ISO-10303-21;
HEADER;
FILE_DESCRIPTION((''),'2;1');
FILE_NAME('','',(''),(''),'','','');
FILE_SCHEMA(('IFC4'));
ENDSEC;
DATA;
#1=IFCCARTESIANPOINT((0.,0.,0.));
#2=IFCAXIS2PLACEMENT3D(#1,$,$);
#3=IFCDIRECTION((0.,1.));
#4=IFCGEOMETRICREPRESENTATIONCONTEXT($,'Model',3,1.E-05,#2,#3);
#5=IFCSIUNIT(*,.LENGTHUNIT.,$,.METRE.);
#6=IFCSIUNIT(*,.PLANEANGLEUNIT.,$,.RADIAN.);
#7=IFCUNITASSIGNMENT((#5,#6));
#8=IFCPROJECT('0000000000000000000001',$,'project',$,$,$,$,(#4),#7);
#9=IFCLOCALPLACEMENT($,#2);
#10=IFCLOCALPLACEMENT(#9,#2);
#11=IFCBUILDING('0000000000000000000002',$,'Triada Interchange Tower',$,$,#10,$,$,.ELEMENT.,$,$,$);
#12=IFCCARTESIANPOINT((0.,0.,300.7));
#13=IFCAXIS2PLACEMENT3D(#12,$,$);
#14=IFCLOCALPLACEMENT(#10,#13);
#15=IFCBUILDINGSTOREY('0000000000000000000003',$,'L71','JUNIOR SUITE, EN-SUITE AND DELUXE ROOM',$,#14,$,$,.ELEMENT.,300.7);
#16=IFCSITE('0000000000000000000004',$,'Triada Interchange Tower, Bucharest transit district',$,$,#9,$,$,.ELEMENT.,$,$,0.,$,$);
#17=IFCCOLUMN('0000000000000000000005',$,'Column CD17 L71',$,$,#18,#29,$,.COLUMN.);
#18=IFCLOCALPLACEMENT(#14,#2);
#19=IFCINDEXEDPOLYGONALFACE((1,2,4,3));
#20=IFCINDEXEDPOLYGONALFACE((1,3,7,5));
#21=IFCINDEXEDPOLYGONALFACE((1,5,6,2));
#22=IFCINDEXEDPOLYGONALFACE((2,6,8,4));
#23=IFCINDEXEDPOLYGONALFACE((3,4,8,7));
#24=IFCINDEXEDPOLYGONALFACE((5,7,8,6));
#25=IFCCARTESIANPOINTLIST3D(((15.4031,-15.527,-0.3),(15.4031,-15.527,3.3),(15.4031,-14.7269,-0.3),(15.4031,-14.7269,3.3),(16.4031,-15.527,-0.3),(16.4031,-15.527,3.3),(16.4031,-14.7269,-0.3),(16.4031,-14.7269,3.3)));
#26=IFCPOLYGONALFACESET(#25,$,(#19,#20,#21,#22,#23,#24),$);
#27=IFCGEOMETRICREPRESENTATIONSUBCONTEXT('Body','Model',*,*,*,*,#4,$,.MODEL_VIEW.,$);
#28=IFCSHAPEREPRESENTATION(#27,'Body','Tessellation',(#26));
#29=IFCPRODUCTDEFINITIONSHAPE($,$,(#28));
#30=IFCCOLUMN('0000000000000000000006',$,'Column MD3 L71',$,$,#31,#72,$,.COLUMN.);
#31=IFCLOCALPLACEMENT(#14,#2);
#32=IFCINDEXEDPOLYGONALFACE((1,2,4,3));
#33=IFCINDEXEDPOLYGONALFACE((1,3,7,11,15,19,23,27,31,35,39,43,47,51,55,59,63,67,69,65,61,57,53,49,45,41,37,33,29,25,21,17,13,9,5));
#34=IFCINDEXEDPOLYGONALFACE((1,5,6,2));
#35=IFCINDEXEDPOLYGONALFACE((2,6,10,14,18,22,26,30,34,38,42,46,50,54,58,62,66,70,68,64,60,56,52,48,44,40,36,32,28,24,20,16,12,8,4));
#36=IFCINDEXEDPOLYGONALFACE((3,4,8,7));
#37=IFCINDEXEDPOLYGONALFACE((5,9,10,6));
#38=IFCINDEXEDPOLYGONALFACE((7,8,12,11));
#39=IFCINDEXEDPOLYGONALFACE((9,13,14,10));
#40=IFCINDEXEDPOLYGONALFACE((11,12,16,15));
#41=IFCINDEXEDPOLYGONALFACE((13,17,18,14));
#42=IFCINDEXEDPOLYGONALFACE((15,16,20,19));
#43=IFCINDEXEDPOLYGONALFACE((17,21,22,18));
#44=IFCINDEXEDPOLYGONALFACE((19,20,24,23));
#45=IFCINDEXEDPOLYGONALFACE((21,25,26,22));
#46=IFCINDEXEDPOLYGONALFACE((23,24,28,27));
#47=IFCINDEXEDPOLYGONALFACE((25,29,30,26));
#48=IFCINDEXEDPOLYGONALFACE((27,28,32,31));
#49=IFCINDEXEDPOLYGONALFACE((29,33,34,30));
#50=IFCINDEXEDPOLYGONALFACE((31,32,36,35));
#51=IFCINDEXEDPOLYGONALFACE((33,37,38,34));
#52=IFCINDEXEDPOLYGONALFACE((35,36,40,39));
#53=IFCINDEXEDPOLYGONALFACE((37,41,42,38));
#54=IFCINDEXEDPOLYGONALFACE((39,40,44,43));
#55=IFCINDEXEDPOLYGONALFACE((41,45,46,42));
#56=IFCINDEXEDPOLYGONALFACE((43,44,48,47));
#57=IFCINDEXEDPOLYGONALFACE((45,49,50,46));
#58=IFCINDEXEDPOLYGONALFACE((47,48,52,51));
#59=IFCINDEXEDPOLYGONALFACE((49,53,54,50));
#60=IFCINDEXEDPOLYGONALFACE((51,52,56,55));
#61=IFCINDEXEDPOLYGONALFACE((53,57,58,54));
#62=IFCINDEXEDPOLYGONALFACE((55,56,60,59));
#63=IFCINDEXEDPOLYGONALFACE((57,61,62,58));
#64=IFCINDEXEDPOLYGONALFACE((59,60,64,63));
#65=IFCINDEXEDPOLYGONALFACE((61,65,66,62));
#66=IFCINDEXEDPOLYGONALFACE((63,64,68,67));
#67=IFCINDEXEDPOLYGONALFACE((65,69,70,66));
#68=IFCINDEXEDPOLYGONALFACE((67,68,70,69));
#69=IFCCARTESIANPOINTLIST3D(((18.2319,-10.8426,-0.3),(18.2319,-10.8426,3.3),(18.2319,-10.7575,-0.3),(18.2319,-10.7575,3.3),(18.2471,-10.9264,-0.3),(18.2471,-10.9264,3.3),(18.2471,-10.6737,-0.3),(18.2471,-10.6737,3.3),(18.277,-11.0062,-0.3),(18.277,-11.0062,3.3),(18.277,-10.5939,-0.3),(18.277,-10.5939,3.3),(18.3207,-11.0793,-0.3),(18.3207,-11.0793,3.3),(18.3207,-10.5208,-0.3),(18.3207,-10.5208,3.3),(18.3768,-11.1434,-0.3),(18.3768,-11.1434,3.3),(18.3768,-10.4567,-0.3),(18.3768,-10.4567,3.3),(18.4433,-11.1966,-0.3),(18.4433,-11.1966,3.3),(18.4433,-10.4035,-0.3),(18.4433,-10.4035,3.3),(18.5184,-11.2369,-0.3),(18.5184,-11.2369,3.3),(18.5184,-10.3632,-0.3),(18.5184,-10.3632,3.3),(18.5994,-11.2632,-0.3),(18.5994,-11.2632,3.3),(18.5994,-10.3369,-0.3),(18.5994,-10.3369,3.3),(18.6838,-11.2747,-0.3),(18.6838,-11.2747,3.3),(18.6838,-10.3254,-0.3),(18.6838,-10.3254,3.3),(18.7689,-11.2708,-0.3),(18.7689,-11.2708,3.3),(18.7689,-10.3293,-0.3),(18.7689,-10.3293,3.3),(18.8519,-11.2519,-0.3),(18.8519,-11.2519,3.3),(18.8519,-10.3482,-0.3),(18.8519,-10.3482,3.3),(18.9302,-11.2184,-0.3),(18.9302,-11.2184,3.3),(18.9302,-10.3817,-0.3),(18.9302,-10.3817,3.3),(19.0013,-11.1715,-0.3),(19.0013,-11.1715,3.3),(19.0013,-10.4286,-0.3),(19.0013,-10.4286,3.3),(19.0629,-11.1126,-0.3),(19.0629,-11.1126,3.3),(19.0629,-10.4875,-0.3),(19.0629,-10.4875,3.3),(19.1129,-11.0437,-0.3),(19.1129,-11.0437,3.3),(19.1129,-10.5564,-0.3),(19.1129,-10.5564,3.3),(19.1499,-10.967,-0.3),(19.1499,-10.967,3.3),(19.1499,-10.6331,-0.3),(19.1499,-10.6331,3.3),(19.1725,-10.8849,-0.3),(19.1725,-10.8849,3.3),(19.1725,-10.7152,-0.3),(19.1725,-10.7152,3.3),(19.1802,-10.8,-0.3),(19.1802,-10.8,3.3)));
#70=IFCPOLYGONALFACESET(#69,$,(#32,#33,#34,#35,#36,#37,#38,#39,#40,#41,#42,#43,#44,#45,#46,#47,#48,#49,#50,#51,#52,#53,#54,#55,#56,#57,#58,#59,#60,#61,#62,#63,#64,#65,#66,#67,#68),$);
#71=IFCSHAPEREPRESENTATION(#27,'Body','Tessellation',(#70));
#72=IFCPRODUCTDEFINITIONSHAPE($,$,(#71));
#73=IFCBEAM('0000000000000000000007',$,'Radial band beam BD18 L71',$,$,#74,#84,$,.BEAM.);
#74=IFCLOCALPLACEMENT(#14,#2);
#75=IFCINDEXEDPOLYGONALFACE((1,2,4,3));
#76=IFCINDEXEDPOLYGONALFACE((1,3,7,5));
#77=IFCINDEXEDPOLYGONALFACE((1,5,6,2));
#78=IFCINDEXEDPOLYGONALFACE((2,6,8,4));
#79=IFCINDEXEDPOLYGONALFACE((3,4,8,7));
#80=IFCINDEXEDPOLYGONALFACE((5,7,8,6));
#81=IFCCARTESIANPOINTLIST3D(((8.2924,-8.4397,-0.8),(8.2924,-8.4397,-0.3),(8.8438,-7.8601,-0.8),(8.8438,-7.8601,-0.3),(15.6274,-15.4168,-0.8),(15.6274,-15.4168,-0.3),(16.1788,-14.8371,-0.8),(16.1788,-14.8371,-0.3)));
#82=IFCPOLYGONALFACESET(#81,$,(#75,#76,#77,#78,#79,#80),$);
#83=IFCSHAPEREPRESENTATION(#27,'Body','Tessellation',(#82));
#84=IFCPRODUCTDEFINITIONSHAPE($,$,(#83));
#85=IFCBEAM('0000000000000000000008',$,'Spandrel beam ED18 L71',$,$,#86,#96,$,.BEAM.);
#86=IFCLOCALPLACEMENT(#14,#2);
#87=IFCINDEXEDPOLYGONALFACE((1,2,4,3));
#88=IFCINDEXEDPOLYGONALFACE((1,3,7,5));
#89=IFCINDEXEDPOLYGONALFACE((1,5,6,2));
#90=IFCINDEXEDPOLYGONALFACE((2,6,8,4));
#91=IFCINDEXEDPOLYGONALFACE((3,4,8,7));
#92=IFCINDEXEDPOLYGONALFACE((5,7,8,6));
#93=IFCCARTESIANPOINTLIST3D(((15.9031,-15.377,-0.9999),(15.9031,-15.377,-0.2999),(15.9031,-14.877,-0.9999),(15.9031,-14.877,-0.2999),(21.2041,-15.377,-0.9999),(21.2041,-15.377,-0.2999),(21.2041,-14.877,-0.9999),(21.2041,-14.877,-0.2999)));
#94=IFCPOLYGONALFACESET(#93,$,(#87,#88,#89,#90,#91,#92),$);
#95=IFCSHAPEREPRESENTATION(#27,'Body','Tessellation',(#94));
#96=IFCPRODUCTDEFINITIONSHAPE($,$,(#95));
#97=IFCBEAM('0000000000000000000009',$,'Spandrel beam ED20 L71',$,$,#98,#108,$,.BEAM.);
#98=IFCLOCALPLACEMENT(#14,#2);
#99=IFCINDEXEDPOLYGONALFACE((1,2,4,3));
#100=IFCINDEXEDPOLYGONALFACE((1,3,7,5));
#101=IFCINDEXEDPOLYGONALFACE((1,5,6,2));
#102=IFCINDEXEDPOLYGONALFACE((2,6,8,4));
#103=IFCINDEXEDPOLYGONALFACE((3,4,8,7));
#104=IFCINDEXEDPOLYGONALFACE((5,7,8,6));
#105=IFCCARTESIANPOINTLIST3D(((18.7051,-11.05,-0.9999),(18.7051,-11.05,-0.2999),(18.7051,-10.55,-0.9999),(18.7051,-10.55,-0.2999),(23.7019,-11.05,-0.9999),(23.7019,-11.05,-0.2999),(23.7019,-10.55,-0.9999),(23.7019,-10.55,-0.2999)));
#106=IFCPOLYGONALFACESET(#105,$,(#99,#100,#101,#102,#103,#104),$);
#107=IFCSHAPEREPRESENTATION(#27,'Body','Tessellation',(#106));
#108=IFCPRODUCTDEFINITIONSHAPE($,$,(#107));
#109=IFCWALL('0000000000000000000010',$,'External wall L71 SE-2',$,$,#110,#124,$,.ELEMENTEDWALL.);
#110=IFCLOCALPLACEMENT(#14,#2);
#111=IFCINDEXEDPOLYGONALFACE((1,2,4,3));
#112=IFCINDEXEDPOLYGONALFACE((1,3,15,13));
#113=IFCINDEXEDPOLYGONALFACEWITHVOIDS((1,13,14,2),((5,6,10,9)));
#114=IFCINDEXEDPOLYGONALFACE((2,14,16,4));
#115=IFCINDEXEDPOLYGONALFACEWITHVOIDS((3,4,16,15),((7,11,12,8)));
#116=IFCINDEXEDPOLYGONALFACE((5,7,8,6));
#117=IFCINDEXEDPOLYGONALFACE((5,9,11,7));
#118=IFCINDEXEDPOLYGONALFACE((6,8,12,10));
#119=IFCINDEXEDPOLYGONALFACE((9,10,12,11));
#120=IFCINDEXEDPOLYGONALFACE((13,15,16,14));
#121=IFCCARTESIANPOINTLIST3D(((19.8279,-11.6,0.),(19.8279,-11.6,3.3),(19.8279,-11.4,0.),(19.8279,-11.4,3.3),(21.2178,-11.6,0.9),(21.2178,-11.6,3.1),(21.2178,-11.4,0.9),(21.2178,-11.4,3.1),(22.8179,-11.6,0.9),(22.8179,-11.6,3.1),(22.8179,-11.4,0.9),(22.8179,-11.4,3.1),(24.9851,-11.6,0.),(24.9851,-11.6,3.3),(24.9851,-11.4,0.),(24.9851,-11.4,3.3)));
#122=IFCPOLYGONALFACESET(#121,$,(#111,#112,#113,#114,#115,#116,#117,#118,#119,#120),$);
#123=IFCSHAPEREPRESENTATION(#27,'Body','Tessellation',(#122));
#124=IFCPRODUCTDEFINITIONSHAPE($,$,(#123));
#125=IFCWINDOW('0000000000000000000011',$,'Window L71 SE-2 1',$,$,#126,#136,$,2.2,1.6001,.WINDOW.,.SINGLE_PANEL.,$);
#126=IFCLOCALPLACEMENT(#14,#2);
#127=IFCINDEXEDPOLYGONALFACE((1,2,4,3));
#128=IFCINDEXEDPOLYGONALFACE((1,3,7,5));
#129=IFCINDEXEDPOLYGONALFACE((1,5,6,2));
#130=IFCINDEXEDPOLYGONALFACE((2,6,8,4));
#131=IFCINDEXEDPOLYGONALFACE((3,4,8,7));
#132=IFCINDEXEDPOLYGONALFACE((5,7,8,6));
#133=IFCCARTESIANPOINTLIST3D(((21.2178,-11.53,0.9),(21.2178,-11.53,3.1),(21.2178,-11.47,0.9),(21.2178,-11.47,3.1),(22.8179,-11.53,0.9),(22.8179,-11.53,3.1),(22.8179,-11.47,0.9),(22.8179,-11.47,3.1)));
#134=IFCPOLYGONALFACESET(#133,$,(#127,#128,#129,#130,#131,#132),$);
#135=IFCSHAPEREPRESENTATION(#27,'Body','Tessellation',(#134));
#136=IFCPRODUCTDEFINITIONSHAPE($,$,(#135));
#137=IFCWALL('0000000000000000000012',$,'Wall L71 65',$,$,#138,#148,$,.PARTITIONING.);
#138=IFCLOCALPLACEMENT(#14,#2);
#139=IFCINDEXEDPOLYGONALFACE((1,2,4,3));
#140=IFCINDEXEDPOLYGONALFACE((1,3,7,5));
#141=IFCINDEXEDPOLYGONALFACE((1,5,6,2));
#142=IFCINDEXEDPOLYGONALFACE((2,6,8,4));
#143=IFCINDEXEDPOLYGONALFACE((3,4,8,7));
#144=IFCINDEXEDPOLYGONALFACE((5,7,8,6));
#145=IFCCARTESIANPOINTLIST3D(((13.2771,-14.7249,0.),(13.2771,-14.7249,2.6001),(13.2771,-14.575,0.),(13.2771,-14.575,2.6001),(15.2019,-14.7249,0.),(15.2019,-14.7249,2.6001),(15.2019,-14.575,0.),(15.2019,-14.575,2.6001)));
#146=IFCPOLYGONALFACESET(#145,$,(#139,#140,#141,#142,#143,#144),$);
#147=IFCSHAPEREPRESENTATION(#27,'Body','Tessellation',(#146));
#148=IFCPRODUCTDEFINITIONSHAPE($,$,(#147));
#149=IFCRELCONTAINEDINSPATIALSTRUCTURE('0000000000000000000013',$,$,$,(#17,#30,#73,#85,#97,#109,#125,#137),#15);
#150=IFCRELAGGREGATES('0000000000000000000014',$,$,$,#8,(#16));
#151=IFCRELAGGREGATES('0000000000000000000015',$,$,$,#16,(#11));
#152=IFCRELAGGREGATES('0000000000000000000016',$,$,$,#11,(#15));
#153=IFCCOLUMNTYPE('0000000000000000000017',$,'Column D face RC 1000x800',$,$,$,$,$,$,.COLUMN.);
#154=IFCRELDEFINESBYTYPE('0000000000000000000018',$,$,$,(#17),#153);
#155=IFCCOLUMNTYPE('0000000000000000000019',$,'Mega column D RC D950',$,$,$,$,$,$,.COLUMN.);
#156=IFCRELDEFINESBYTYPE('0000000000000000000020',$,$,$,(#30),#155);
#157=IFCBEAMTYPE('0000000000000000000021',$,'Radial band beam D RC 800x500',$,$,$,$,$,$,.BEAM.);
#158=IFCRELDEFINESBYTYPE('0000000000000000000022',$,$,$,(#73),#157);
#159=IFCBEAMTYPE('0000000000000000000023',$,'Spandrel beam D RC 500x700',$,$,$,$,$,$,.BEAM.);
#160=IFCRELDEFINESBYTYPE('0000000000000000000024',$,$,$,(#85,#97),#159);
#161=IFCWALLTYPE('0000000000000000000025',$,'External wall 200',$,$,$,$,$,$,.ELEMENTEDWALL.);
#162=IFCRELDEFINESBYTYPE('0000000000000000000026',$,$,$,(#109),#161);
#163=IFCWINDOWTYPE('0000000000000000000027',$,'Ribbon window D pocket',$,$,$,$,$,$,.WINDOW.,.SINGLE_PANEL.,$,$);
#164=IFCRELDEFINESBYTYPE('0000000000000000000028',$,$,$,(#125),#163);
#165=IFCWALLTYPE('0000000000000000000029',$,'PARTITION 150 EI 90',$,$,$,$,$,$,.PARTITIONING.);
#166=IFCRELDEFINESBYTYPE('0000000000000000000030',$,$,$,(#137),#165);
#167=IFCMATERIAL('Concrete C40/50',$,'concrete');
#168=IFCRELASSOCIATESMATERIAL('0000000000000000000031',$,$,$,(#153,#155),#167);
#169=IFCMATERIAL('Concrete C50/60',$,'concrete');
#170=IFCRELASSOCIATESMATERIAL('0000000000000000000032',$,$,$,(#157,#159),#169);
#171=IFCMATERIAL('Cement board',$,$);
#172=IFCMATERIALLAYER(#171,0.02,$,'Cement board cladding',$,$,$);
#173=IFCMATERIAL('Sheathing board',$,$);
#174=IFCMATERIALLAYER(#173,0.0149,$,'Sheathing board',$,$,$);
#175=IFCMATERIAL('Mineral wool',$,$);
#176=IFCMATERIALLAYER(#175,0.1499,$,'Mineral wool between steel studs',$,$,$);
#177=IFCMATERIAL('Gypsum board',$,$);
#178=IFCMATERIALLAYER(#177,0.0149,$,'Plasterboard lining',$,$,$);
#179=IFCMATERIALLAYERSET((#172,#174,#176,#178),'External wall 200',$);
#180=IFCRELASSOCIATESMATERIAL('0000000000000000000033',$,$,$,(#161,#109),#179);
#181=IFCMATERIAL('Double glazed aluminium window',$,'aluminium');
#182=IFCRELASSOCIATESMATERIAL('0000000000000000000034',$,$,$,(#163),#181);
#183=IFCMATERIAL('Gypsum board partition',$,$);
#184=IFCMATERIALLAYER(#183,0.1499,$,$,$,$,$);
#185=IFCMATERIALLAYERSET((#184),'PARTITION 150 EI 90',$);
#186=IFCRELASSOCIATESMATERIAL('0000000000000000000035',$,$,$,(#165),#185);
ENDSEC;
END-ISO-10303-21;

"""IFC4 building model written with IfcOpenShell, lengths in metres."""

from ifc_helpers import new_model, si_unit, direction, frame, frame_2d, origin, origin_2d, place, context, subcontext, project, spatial, rectangle, circle, extrude, material, layer, layer_set, layer_usage, material_profile, profile_set, type_object, element, fill, save


model = new_model("IFC4")

# Units and contexts
model_context = context("Model", 3, precision=1e-05, world=origin(), true_north=direction((0.0, 1.0)))
body_context = subcontext(model_context, "Body", "Model", "MODEL_VIEW")
ifc_project = project(units=[si_unit("LENGTHUNIT", "METRE"), si_unit("PLANEANGLEUNIT", "RADIAN")], contexts=[model_context])

# Site, building, storey
site_placement = place(None, origin())
site = spatial("IfcSite", under=ifc_project, at=site_placement, Name="Triada Interchange Tower, Bucharest transit district", CompositionType="ELEMENT", RefElevation=0.0)
building_placement = place(site_placement, origin())
building = spatial("IfcBuilding", under=site, at=building_placement, Name="Triada Interchange Tower", CompositionType="ELEMENT")
storey_placement = place(building_placement, frame((0.0, 0.0, 300.7)))
storey = spatial("IfcBuildingStorey", under=building, at=storey_placement, Name="L71", Description="JUNIOR SUITE, EN-SUITE AND DELUXE ROOM", CompositionType="ELEMENT", Elevation=300.7)

# Columns
ifc_material_1 = material(Name="Concrete C40/50", Category="concrete")
ifc_material_profile_1 = material_profile(ifc_material_1, rectangle(XDim=1.0, YDim=0.8, at=origin_2d()), Name="RC 1000x800")
ifc_profile_set_1 = profile_set([ifc_material_profile_1], Name="Concrete C40/50")
column_type_1 = type_object("IfcColumnType", Name="Column D face RC 1000x800", PredefinedType="COLUMN", material=ifc_profile_set_1)
column_1_placement = place(storey_placement, frame((15.9031, -15.127, -0.3), z_axis=(0.0, 0.0, 1.0), x_axis=(1.0, 0.0, 0.0)))
element("IfcColumn", 1, at=column_1_placement, inside=storey, type_object=column_type_1, Name="Column CD17 L71", PredefinedType="COLUMN", context=body_context, shape_type="SweptSolid", body=[
    extrude(rectangle(XDim=1.0, YDim=0.8, at=origin_2d()), origin(), (0.0, 0.0, 1.0), 3.6001),
])
ifc_material_profile_2 = material_profile(ifc_material_1, circle(Radius=0.4751, at=origin_2d()), Name="RC D950")
ifc_profile_set_2 = profile_set([ifc_material_profile_2], Name="Concrete C40/50")
column_type_2 = type_object("IfcColumnType", Name="Mega column D RC D950", PredefinedType="COLUMN", material=ifc_profile_set_2)
column_2_placement = place(storey_placement, frame((18.7051, -10.8, -0.3), z_axis=(0.0, 0.0, 1.0), x_axis=(1.0, 0.0, 0.0)))
element("IfcColumn", 2, at=column_2_placement, inside=storey, type_object=column_type_2, Name="Column MD3 L71", PredefinedType="COLUMN", context=body_context, shape_type="SweptSolid", body=[
    extrude(circle(Radius=0.4751, at=origin_2d()), origin(), (0.0, 0.0, 1.0), 3.6001),
])

# Beams
ifc_material_2 = material(Name="Concrete C50/60", Category="concrete")
ifc_material_profile_3 = material_profile(ifc_material_2, rectangle(XDim=0.8, YDim=0.5, at=origin_2d()), Name="RC 800x500")
ifc_profile_set_3 = profile_set([ifc_material_profile_3], Name="Concrete C50/60")
beam_type_1 = type_object("IfcBeamType", Name="Radial band beam D RC 800x500", PredefinedType="BEAM", material=ifc_profile_set_3)
beam_1_placement = place(storey_placement, frame((15.9031, -15.127, -0.55), z_axis=(-0.724563, 0.689208, 0.0), x_axis=(-0.689208, -0.724563, 0.0)))
element("IfcBeam", 3, at=beam_1_placement, inside=storey, type_object=beam_type_1, Name="Radial band beam BD18 L71", PredefinedType="BEAM", context=body_context, shape_type="SweptSolid", body=[
    extrude(rectangle(XDim=0.8, YDim=0.5, at=origin_2d()), origin(), (0.0, 0.0, 1.0), 10.1233),
])
ifc_material_profile_4 = material_profile(ifc_material_2, rectangle(XDim=0.5, YDim=0.7, at=origin_2d()), Name="RC 500x700")
ifc_profile_set_4 = profile_set([ifc_material_profile_4], Name="Concrete C50/60")
beam_type_2 = type_object("IfcBeamType", Name="Spandrel beam D RC 500x700", PredefinedType="BEAM", material=ifc_profile_set_4)
beam_2_placement = place(storey_placement, frame((15.9031, -15.127, -0.6499), z_axis=(1.0, 0.0, 0.0), x_axis=(0.0, 1.0, 0.0)))
element("IfcBeam", 4, at=beam_2_placement, inside=storey, type_object=beam_type_2, Name="Spandrel beam ED18 L71", PredefinedType="BEAM", context=body_context, shape_type="SweptSolid", body=[
    extrude(rectangle(XDim=0.5, YDim=0.7, at=origin_2d()), origin(), (0.0, 0.0, 1.0), 5.301),
])
beam_3_placement = place(storey_placement, frame((18.7051, -10.8, -0.6499), z_axis=(1.0, 0.0, 0.0), x_axis=(0.0, 1.0, 0.0)))
element("IfcBeam", 5, at=beam_3_placement, inside=storey, type_object=beam_type_2, Name="Spandrel beam ED20 L71", PredefinedType="BEAM", context=body_context, shape_type="SweptSolid", body=[
    extrude(rectangle(XDim=0.5, YDim=0.7, at=origin_2d()), origin(), (0.0, 0.0, 1.0), 4.9968),
])

# Wall, opening, window
ifc_material_3 = material(Name="Cement board")
ifc_layer_1 = layer(ifc_material_3, 0.02, Name="Cement board cladding")
ifc_material_4 = material(Name="Sheathing board")
ifc_layer_2 = layer(ifc_material_4, 0.0149, Name="Sheathing board")
ifc_material_5 = material(Name="Mineral wool")
ifc_layer_3 = layer(ifc_material_5, 0.1499, Name="Mineral wool between steel studs")
ifc_material_6 = material(Name="Gypsum board")
ifc_layer_4 = layer(ifc_material_6, 0.0149, Name="Plasterboard lining")
ifc_layer_set_1 = layer_set([ifc_layer_1, ifc_layer_2, ifc_layer_3, ifc_layer_4], Name="External wall 200")
ifc_layer_usage = layer_usage(ifc_layer_set_1, "AXIS2", "POSITIVE", -0.1001)
wall_type_1 = type_object("IfcWallType", Name="External wall 200", PredefinedType="ELEMENTEDWALL", material=ifc_layer_set_1)
wall_1_placement = place(storey_placement, frame((19.8279, -11.5, 0.0), z_axis=(0.0, 0.0, 1.0), x_axis=(1.0, 0.0, 0.0)))
wall_1 = element("IfcWall", 6, at=wall_1_placement, inside=storey, type_object=wall_type_1, material=ifc_layer_usage, Name="External wall L71 SE-2", PredefinedType="ELEMENTEDWALL", context=body_context, shape_type="SweptSolid", body=[
    extrude(rectangle(XDim=5.1572, YDim=0.2, at=frame_2d((2.5786, 0.0))), origin(), (0.0, 0.0, 1.0), 3.3),
])
opening_1_placement = place(wall_1_placement, frame((1.3899, 0.0, 0.8999)))
opening_1 = element("IfcOpeningElement", 7, at=opening_1_placement, cuts=wall_1, PredefinedType="OPENING", context=body_context, shape_type="SweptSolid", body=[
    extrude(rectangle(XDim=1.6001, YDim=2.2, at=frame_2d((0.8, 1.1001))), frame((0.0, 0.1099, 0.0), z_axis=(0.0, -1.0, 0.0), x_axis=(1.0, 0.0, 0.0)), (0.0, 0.0, 1.0), 0.22),
])
ifc_material_7 = material(Name="Double glazed aluminium window", Category="aluminium")
window_type = type_object("IfcWindowType", Name="Ribbon window D pocket", PartitioningType="SINGLE_PANEL", PredefinedType="WINDOW", material=ifc_material_7)
window_placement = place(opening_1_placement, origin())
window = element("IfcWindow", 8, at=window_placement, inside=storey, type_object=window_type, Name="Window L71 SE-2 1", OverallHeight=2.2, OverallWidth=1.6001, PartitioningType="SINGLE_PANEL", PredefinedType="WINDOW", context=body_context, shape_type="SweptSolid", body=[
    extrude(rectangle(XDim=1.6001, YDim=2.2, at=frame_2d((0.8, 1.1001))), frame((0.0, 0.03, 0.0), z_axis=(0.0, -1.0, 0.0), x_axis=(1.0, 0.0, 0.0)), (0.0, 0.0, 1.0), 0.0601),
])
fill(opening_1, window)

# Wall
ifc_material_8 = material(Name="Gypsum board partition")
ifc_layer_5 = layer(ifc_material_8, 0.1499)
ifc_layer_set_2 = layer_set([ifc_layer_5], Name="PARTITION 150 EI 90")
wall_type_2 = type_object("IfcWallType", Name="PARTITION 150 EI 90", PredefinedType="PARTITIONING", material=ifc_layer_set_2)
wall_2_placement = place(storey_placement, frame((13.2771, -14.6499, 0.0), z_axis=(0.0, 0.0, 1.0), x_axis=(1.0, 0.0, 0.0)))
element("IfcWall", 9, at=wall_2_placement, inside=storey, type_object=wall_type_2, Name="Wall L71 65", PredefinedType="PARTITIONING", context=body_context, shape_type="SweptSolid", body=[
    extrude(rectangle(XDim=1.9248, YDim=0.1499, at=frame_2d((0.9624, 0.0))), origin(), (0.0, 0.0, 1.0), 2.6001),
])

save(model, "model.ifc")
